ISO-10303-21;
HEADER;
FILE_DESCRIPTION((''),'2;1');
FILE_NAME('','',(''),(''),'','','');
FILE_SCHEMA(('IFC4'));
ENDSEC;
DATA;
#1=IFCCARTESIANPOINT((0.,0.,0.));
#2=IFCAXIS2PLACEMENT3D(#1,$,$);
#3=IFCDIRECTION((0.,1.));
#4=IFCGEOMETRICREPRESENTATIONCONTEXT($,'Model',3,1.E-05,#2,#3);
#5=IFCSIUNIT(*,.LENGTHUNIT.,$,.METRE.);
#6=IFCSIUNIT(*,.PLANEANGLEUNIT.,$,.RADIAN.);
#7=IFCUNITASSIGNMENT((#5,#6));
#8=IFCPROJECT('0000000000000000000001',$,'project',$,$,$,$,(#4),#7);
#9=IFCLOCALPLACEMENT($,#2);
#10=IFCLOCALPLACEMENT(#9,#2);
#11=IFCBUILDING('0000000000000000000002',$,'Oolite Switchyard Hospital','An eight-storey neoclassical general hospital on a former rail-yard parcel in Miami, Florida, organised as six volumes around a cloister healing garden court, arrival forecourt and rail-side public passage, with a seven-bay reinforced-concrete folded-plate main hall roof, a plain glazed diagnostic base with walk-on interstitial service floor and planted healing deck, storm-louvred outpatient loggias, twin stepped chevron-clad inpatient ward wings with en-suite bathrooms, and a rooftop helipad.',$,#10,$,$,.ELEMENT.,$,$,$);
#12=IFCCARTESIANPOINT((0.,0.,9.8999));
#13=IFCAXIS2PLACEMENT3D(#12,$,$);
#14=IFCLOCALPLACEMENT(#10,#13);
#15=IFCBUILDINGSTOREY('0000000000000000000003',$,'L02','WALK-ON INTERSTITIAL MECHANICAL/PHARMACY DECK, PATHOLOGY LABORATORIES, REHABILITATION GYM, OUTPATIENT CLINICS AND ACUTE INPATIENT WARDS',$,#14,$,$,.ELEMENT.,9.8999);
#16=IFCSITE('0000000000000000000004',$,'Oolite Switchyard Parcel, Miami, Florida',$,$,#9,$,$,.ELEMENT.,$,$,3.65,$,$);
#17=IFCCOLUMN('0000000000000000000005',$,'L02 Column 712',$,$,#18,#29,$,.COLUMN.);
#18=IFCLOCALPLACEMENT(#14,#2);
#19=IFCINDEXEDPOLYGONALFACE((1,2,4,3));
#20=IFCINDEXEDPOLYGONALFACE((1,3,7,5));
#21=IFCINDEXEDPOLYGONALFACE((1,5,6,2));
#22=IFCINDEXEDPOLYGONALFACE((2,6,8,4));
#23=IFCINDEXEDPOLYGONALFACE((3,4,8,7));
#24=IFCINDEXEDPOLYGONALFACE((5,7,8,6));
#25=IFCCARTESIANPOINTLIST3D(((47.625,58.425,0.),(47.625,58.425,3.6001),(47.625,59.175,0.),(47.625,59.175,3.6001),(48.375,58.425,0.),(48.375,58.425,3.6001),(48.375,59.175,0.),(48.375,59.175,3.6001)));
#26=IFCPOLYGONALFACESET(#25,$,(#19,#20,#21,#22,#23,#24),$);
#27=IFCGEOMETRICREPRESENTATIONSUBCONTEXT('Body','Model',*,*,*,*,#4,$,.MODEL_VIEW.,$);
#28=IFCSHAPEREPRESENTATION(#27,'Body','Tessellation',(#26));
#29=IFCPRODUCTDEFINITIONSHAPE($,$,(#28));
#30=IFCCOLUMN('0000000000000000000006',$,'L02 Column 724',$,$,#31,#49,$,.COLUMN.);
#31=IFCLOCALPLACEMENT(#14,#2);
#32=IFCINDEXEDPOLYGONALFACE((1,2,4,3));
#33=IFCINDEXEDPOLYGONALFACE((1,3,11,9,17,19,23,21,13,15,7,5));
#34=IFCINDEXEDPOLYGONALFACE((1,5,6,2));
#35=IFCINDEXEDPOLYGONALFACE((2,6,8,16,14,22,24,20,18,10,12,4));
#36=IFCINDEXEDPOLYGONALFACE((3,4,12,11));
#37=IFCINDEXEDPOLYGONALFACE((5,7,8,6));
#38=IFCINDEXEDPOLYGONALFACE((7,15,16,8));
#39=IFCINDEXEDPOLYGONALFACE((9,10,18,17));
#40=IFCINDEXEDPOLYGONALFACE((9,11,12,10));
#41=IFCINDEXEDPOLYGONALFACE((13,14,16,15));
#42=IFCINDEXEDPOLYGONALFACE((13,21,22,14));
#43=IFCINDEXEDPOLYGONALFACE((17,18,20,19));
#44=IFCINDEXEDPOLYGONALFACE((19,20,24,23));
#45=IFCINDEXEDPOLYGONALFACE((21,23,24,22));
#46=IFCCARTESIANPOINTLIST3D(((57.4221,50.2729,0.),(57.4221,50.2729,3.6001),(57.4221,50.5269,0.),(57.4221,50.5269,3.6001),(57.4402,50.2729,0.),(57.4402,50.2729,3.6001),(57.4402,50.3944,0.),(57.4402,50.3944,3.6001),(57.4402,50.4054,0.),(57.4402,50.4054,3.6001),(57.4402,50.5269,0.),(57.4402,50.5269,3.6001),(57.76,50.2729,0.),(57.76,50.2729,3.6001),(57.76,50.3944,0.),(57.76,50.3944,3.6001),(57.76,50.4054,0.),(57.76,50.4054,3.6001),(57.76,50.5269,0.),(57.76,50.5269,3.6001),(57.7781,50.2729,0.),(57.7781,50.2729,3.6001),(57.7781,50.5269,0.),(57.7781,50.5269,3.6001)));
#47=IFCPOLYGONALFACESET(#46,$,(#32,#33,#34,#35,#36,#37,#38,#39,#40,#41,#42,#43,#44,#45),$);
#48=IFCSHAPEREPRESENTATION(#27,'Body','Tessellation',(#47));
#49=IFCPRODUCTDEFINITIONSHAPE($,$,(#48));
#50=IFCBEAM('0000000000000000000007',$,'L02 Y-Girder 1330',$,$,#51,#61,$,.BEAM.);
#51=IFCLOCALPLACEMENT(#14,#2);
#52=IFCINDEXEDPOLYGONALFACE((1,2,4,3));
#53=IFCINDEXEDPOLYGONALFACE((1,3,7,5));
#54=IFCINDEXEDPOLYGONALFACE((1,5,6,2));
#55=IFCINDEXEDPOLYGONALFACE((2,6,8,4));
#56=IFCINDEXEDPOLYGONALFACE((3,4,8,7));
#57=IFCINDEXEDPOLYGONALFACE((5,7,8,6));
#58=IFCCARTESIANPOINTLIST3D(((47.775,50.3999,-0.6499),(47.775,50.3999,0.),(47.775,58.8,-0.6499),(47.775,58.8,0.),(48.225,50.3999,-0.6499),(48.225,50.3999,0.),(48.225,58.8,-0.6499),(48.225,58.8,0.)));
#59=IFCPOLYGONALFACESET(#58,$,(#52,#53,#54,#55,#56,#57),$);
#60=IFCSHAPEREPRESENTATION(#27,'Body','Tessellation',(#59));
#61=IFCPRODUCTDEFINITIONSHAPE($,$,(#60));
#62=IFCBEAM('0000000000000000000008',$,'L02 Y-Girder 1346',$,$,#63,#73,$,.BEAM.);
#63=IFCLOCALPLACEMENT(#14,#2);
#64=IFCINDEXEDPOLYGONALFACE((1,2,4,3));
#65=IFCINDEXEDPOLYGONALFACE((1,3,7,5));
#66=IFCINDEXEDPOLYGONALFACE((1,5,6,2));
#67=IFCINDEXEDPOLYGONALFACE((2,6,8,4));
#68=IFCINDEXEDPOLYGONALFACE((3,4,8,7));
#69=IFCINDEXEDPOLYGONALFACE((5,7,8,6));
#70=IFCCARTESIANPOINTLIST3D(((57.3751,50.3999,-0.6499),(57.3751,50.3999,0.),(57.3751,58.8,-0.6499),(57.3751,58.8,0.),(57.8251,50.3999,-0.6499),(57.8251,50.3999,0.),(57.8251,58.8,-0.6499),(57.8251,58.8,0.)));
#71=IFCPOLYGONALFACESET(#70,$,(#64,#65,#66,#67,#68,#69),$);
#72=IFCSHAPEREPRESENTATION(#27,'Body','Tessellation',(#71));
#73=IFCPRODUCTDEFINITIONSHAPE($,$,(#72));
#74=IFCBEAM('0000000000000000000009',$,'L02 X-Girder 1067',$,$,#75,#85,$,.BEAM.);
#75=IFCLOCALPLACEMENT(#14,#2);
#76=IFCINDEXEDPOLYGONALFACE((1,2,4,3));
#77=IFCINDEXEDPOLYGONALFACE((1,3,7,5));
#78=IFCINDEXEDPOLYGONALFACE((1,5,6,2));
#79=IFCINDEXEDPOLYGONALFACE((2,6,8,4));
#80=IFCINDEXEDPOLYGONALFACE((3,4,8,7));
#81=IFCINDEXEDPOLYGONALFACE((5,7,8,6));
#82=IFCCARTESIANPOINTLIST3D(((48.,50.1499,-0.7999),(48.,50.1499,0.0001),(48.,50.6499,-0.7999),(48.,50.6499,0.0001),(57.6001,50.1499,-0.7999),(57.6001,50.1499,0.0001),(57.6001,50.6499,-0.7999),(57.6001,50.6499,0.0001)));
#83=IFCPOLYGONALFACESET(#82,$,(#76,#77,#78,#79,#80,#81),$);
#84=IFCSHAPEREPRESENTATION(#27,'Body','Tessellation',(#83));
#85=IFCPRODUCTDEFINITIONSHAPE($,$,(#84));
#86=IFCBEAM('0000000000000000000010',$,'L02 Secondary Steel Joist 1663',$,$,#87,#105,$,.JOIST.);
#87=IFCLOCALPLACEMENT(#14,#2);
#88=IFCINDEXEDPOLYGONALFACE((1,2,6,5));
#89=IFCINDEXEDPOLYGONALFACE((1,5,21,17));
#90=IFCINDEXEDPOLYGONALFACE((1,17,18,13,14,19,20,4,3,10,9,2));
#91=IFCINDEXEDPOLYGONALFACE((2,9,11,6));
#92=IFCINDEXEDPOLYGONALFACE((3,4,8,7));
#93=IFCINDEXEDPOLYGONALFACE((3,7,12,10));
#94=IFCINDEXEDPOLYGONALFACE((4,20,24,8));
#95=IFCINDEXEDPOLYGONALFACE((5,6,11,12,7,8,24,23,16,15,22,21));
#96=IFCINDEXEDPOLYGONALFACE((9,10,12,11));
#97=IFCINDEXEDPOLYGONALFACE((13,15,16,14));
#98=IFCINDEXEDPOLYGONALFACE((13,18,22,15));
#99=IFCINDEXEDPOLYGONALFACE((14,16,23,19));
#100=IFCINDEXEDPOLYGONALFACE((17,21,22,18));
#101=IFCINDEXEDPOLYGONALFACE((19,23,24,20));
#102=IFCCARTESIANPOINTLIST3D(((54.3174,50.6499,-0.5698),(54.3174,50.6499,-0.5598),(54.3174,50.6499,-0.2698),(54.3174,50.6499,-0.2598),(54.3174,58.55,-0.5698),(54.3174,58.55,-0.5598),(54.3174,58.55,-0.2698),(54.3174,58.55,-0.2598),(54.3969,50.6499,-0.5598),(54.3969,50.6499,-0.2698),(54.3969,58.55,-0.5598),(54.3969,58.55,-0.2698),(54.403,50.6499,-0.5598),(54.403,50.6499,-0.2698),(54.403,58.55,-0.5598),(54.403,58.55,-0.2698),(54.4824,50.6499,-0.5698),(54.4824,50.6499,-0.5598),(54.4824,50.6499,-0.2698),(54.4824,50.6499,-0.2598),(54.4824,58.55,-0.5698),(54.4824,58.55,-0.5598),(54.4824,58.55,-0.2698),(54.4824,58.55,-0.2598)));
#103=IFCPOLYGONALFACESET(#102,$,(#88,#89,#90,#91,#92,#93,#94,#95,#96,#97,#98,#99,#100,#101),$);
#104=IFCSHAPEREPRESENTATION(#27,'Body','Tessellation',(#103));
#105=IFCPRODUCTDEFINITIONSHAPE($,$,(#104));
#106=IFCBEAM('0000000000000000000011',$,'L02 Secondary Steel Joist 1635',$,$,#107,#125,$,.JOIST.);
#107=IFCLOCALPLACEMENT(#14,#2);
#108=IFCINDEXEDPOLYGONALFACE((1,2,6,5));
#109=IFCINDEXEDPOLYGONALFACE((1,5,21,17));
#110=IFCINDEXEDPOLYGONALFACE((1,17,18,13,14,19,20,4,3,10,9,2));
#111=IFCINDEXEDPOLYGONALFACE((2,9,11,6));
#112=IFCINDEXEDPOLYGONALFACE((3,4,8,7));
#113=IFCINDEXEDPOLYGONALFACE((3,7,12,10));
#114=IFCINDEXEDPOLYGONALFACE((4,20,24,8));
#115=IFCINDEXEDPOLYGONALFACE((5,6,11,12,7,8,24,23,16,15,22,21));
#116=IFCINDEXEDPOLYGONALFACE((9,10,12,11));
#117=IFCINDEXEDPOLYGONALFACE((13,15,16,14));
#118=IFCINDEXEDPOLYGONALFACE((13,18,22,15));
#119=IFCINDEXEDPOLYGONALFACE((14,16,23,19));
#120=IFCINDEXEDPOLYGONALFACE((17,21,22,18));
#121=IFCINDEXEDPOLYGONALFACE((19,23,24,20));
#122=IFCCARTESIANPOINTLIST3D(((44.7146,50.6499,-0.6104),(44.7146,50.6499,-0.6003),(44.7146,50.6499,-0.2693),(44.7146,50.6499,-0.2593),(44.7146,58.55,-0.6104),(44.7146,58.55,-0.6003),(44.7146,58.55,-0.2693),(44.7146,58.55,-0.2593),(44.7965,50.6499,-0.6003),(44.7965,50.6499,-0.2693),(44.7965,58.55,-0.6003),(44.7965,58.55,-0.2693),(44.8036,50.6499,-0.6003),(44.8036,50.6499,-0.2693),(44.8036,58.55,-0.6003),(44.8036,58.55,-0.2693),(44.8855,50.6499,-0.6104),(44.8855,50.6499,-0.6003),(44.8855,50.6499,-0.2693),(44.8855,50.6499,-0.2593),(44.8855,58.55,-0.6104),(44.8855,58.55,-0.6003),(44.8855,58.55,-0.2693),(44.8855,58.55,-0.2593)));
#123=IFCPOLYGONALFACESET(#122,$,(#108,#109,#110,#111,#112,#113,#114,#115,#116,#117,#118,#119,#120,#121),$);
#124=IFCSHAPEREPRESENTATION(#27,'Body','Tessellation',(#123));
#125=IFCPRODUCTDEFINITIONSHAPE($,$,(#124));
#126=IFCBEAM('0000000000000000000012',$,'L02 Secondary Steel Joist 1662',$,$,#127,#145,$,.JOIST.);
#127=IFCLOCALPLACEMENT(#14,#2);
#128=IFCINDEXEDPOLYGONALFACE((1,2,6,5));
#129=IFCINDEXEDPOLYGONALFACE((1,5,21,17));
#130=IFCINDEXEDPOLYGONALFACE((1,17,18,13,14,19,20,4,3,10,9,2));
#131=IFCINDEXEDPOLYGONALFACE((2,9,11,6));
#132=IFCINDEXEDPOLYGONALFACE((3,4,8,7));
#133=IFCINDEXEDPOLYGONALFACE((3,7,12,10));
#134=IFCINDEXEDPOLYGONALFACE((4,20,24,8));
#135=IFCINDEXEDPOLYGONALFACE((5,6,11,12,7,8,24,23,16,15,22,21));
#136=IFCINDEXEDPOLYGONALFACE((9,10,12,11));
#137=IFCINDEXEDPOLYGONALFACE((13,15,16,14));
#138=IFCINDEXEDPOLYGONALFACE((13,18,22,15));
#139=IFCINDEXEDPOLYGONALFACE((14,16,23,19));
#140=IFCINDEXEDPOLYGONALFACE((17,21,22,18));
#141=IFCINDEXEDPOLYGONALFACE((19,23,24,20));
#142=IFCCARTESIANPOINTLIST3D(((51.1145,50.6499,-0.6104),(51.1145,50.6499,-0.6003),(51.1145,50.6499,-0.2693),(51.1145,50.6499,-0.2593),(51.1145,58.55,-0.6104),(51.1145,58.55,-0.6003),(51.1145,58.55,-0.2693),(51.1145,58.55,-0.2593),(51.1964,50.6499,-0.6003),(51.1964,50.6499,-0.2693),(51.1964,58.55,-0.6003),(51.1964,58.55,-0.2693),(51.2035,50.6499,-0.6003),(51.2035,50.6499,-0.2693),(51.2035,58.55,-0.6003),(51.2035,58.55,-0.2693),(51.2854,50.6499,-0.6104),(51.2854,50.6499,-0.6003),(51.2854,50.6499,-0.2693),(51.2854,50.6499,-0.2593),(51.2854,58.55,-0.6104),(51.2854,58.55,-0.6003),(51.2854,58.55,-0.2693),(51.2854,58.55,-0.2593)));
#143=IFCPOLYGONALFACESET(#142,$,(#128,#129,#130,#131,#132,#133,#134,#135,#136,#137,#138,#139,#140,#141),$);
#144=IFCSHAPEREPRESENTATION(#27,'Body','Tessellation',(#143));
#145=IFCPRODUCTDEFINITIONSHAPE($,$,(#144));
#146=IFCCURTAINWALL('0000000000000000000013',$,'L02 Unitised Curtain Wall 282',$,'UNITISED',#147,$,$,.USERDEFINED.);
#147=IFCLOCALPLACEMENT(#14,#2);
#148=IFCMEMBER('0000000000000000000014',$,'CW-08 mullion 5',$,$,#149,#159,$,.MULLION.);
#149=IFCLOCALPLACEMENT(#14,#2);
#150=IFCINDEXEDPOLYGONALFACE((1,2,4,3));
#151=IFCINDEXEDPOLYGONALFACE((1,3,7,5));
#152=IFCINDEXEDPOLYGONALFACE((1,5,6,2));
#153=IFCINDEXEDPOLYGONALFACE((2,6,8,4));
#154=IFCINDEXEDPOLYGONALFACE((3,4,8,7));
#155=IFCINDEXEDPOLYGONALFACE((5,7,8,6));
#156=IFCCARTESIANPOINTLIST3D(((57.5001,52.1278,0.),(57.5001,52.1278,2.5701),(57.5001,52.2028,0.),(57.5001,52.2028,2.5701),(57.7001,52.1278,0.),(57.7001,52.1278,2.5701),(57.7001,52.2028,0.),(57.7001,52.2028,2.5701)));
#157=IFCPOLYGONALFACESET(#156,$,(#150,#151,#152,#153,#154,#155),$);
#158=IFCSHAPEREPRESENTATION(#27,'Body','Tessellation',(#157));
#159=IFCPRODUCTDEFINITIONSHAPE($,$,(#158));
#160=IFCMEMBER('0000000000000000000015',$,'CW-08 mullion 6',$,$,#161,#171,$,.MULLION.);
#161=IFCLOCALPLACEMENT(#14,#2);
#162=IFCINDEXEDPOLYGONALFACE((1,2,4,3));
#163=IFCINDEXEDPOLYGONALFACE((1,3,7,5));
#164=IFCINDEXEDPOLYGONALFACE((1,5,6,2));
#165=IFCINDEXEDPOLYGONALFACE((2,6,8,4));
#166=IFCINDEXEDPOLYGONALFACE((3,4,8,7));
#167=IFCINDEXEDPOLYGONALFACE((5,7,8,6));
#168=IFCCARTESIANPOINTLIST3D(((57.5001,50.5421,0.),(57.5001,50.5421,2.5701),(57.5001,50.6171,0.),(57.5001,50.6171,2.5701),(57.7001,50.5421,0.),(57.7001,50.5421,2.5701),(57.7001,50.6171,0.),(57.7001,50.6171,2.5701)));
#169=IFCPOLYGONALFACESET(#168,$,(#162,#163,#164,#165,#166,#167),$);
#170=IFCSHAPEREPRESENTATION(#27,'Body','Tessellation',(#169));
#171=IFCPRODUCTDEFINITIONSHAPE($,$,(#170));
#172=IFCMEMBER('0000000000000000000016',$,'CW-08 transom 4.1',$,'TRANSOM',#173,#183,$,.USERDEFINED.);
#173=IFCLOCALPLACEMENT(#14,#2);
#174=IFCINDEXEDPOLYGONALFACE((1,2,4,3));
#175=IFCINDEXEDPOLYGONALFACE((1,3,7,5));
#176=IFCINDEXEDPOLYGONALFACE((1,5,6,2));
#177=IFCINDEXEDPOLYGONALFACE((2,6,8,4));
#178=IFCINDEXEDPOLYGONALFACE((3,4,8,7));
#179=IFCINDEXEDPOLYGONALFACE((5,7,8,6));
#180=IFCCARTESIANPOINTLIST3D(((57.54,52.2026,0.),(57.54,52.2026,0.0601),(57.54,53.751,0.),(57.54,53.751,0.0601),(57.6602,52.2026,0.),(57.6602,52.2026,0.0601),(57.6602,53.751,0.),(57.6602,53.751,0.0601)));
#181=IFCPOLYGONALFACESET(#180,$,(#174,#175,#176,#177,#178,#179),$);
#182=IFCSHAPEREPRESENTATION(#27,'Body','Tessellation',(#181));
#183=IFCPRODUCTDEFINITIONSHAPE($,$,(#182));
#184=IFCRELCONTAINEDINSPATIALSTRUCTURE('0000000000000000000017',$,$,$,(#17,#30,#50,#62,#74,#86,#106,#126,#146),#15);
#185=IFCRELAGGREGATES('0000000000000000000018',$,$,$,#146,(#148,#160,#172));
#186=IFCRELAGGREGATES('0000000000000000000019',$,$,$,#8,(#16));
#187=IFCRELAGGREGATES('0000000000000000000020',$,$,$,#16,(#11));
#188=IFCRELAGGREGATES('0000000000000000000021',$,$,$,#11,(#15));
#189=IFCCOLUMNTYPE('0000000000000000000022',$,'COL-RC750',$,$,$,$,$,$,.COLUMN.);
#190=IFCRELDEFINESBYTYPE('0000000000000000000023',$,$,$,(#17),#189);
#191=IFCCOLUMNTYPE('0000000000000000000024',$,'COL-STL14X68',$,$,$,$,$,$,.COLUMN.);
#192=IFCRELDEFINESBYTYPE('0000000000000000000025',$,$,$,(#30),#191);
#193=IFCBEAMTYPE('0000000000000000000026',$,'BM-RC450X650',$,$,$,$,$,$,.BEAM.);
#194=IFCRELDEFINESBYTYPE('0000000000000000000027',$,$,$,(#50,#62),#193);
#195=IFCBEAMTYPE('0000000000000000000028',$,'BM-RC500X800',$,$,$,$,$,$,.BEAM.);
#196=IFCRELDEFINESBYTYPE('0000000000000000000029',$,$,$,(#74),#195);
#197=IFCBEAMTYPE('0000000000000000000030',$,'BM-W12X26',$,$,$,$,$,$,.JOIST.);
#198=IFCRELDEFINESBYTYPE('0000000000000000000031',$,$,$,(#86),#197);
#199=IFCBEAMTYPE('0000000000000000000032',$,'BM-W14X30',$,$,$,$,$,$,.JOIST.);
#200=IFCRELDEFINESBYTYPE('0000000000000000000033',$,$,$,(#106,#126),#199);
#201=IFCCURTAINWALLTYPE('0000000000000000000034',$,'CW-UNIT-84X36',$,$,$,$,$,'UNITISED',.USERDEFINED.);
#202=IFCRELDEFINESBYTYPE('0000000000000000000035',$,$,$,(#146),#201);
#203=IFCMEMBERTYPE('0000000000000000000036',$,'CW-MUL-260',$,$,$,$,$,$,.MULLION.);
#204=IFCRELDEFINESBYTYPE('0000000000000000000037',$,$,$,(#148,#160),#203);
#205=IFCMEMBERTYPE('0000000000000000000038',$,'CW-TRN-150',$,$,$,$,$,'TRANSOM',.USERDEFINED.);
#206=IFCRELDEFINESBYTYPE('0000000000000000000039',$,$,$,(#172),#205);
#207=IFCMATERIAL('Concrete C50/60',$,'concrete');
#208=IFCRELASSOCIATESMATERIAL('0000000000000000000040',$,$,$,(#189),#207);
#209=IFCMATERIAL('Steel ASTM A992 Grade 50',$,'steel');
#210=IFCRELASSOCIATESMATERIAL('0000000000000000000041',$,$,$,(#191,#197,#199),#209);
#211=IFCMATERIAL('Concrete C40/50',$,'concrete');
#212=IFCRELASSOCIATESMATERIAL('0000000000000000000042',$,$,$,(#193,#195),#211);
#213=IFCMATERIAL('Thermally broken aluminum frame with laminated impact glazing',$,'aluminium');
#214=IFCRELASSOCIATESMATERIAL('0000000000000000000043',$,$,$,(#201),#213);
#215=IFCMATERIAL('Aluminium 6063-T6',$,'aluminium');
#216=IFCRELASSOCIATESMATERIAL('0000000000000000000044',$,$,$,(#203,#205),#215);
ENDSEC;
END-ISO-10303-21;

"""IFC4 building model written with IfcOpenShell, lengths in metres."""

from ifc_helpers import new_model, si_unit, direction, frame, origin, origin_2d, place, context, subcontext, project, spatial, rectangle, i_section, extrude, material, material_profile, profile_set, type_object, element, aggregate, save


model = new_model("IFC4")

# Units and contexts
model_context = context("Model", 3, precision=1e-05, world=origin(), true_north=direction((0.0, 1.0)))
body_context = subcontext(model_context, "Body", "Model", "MODEL_VIEW")
ifc_project = project(units=[si_unit("LENGTHUNIT", "METRE"), si_unit("PLANEANGLEUNIT", "RADIAN")], contexts=[model_context])

# Site, building, storey
site_placement = place(None, origin())
site = spatial("IfcSite", under=ifc_project, at=site_placement, Name="Oolite Switchyard Parcel, Miami, Florida", CompositionType="ELEMENT", RefElevation=3.65)
building_placement = place(site_placement, origin())
building = spatial("IfcBuilding", under=site, at=building_placement, Name="Oolite Switchyard Hospital", Description="An eight-storey neoclassical general hospital on a former rail-yard parcel in Miami, Florida, organised as six volumes around a cloister healing garden court, arrival forecourt and rail-side public passage, with a seven-bay reinforced-concrete folded-plate main hall roof, a plain glazed diagnostic base with walk-on interstitial service floor and planted healing deck, storm-louvred outpatient loggias, twin stepped chevron-clad inpatient ward wings with en-suite bathrooms, and a rooftop helipad.", CompositionType="ELEMENT")
storey_placement = place(building_placement, frame((0.0, 0.0, 9.8999)))
storey = spatial("IfcBuildingStorey", under=building, at=storey_placement, Name="L02", Description="WALK-ON INTERSTITIAL MECHANICAL/PHARMACY DECK, PATHOLOGY LABORATORIES, REHABILITATION GYM, OUTPATIENT CLINICS AND ACUTE INPATIENT WARDS", CompositionType="ELEMENT", Elevation=9.8999)

# Columns
ifc_material_1 = material(Name="Concrete C50/60", Category="concrete")
ifc_material_profile_1 = material_profile(ifc_material_1, rectangle(XDim=0.75, YDim=0.75, at=origin_2d()), Name="RC750X750")
ifc_profile_set_1 = profile_set([ifc_material_profile_1], Name="Concrete C50/60")
column_type_1 = type_object("IfcColumnType", Name="COL-RC750", PredefinedType="COLUMN", material=ifc_profile_set_1)
column_1_placement = place(storey_placement, frame((48.0, 58.8, 0.0), z_axis=(0.0, 0.0, 1.0), x_axis=(1.0, 0.0, 0.0)))
element("IfcColumn", 1, at=column_1_placement, inside=storey, type_object=column_type_1, Name="L02 Column 712", PredefinedType="COLUMN", context=body_context, shape_type="SweptSolid", body=[
    extrude(rectangle(XDim=0.75, YDim=0.75, at=origin_2d()), origin(), (0.0, 0.0, 1.0), 3.6001),
])
ifc_material_2 = material(Name="Steel ASTM A992 Grade 50", Category="steel")
ifc_material_profile_2 = material_profile(ifc_material_2, i_section(OverallWidth=0.2539, OverallDepth=0.356, WebThickness=0.011, FlangeThickness=0.0181, at=origin_2d()), Name="W14X68")
ifc_profile_set_2 = profile_set([ifc_material_profile_2], Name="Steel ASTM A992 Grade 50")
column_type_2 = type_object("IfcColumnType", Name="COL-STL14X68", PredefinedType="COLUMN", material=ifc_profile_set_2)
column_2_placement = place(storey_placement, frame((57.6001, 50.3999, 0.0), z_axis=(0.0, 0.0, 1.0), x_axis=(0.0, -1.0, 0.0)))
element("IfcColumn", 2, at=column_2_placement, inside=storey, type_object=column_type_2, Name="L02 Column 724", PredefinedType="COLUMN", context=body_context, shape_type="SweptSolid", body=[
    extrude(i_section(OverallWidth=0.2539, OverallDepth=0.356, WebThickness=0.011, FlangeThickness=0.0181, at=origin_2d()), origin(), (0.0, 0.0, 1.0), 3.6001),
])

# Beams
ifc_material_3 = material(Name="Concrete C40/50", Category="concrete")
ifc_material_profile_3 = material_profile(ifc_material_3, rectangle(XDim=0.45, YDim=0.6499, at=origin_2d()), Name="RCB450X650")
ifc_profile_set_3 = profile_set([ifc_material_profile_3], Name="Concrete C40/50")
beam_type_1 = type_object("IfcBeamType", Name="BM-RC450X650", PredefinedType="BEAM", material=ifc_profile_set_3)
for number, where, z_axis, x_axis, name in (
    (3, (48.0, 50.3999, -0.325), (0.0, 1.0, 0.0), (-1.0, 0.0, 0.0), "L02 Y-Girder 1330"),
    (4, (57.6001, 50.3999, -0.325), (0.0, 1.0, 0.0), (-1.0, 0.0, 0.0), "L02 Y-Girder 1346"),
):
    element("IfcBeam", number, at=place(storey_placement, frame(where, z_axis=z_axis, x_axis=x_axis)), inside=storey, type_object=beam_type_1, Name=name, PredefinedType="BEAM", context=body_context, shape_type="SweptSolid", body=[
        extrude(rectangle(XDim=0.45, YDim=0.6499, at=origin_2d()), origin(), (0.0, 0.0, 1.0), 8.4001),
    ])
ifc_material_profile_4 = material_profile(ifc_material_3, rectangle(XDim=0.5, YDim=0.8, at=origin_2d()), Name="RCB500X800")
ifc_profile_set_4 = profile_set([ifc_material_profile_4], Name="Concrete C40/50")
beam_type_2 = type_object("IfcBeamType", Name="BM-RC500X800", PredefinedType="BEAM", material=ifc_profile_set_4)
beam_1_placement = place(storey_placement, frame((48.0, 50.3999, -0.3999), z_axis=(1.0, 0.0, 0.0), x_axis=(0.0, 1.0, 0.0)))
element("IfcBeam", 5, at=beam_1_placement, inside=storey, type_object=beam_type_2, Name="L02 X-Girder 1067", PredefinedType="BEAM", context=body_context, shape_type="SweptSolid", body=[
    extrude(rectangle(XDim=0.5, YDim=0.8, at=origin_2d()), origin(), (0.0, 0.0, 1.0), 9.6001),
])
ifc_material_profile_5 = material_profile(ifc_material_2, i_section(OverallWidth=0.165, OverallDepth=0.3101, WebThickness=0.0061, FlangeThickness=0.01, at=origin_2d()), Name="W12X26")
ifc_profile_set_5 = profile_set([ifc_material_profile_5], Name="Steel ASTM A992 Grade 50")
beam_type_3 = type_object("IfcBeamType", Name="BM-W12X26", PredefinedType="JOIST", material=ifc_profile_set_5)
beam_2_placement = place(storey_placement, frame((54.3999, 50.6499, -0.4148), z_axis=(0.0, 1.0, 0.0), x_axis=(-1.0, 0.0, 0.0)))
element("IfcBeam", 6, at=beam_2_placement, inside=storey, type_object=beam_type_3, Name="L02 Secondary Steel Joist 1663", PredefinedType="JOIST", context=body_context, shape_type="SweptSolid", body=[
    extrude(i_section(OverallWidth=0.165, OverallDepth=0.3101, WebThickness=0.0061, FlangeThickness=0.01, at=origin_2d()), origin(), (0.0, 0.0, 1.0), 7.9001),
])
ifc_material_profile_6 = material_profile(ifc_material_2, i_section(OverallWidth=0.1709, OverallDepth=0.3511, WebThickness=0.0071, FlangeThickness=0.01, at=origin_2d()), Name="W14X30")
ifc_profile_set_6 = profile_set([ifc_material_profile_6], Name="Steel ASTM A992 Grade 50")
beam_type_4 = type_object("IfcBeamType", Name="BM-W14X30", PredefinedType="JOIST", material=ifc_profile_set_6)
for number, where, z_axis, x_axis, name in (
    (7, (44.8, 50.6499, -0.4348), (0.0, 1.0, 0.0), (-1.0, 0.0, 0.0), "L02 Secondary Steel Joist 1635"),
    (8, (51.2, 50.6499, -0.4348), (0.0, 1.0, 0.0), (-1.0, 0.0, 0.0), "L02 Secondary Steel Joist 1662"),
):
    element("IfcBeam", number, at=place(storey_placement, frame(where, z_axis=z_axis, x_axis=x_axis)), inside=storey, type_object=beam_type_4, Name=name, PredefinedType="JOIST", context=body_context, shape_type="SweptSolid", body=[
        extrude(i_section(OverallWidth=0.1709, OverallDepth=0.3511, WebThickness=0.0071, FlangeThickness=0.01, at=origin_2d()), origin(), (0.0, 0.0, 1.0), 7.9001),
    ])

# Curtain wall, members
ifc_material_4 = material(Name="Thermally broken aluminum frame with laminated impact glazing", Category="aluminium")
curtain_wall_type = type_object("IfcCurtainWallType", Name="CW-UNIT-84X36", ElementType="UNITISED", PredefinedType="USERDEFINED", material=ifc_material_4)
curtain_wall_placement = place(storey_placement, origin())
curtain_wall = element("IfcCurtainWall", 9, at=curtain_wall_placement, inside=storey, type_object=curtain_wall_type, Name="L02 Unitised Curtain Wall 282", ObjectType="UNITISED", PredefinedType="USERDEFINED")
ifc_material_5 = material(Name="Aluminium 6063-T6", Category="aluminium")
ifc_material_profile_7 = material_profile(ifc_material_5, rectangle(XDim=0.2, YDim=0.075, at=origin_2d()), Name="CWM75X200")
ifc_profile_set_7 = profile_set([ifc_material_profile_7], Name="Aluminium 6063-T6")
member_type_1 = type_object("IfcMemberType", Name="CW-MUL-260", PredefinedType="MULLION", material=ifc_profile_set_7)
member_1_placement = place(storey_placement, frame((57.6001, 52.1653, 0.0), z_axis=(0.0, 0.0, 1.0), x_axis=(1.0, 0.0, 0.0)))
member_1 = element("IfcMember", 10, at=member_1_placement, type_object=member_type_1, Name="CW-08 mullion 5", PredefinedType="MULLION", context=body_context, shape_type="SweptSolid", body=[
    extrude(rectangle(XDim=0.2, YDim=0.075, at=origin_2d()), origin(), (0.0, 0.0, 1.0), 2.5701),
])
member_2_placement = place(storey_placement, frame((57.6001, 50.5796, 0.0), z_axis=(0.0, 0.0, 1.0), x_axis=(1.0, 0.0, 0.0)))
member_2 = element("IfcMember", 11, at=member_2_placement, type_object=member_type_1, Name="CW-08 mullion 6", PredefinedType="MULLION", context=body_context, shape_type="SweptSolid", body=[
    extrude(rectangle(XDim=0.2, YDim=0.075, at=origin_2d()), origin(), (0.0, 0.0, 1.0), 2.5701),
])
ifc_material_profile_8 = material_profile(ifc_material_5, rectangle(XDim=0.1201, YDim=0.0601, at=origin_2d()), Name="CWT60X120")
ifc_profile_set_8 = profile_set([ifc_material_profile_8], Name="Aluminium 6063-T6")
member_type_2 = type_object("IfcMemberType", Name="CW-TRN-150", ElementType="TRANSOM", PredefinedType="USERDEFINED", material=ifc_profile_set_8)
member_3_placement = place(storey_placement, frame((57.6001, 53.751, 0.03), z_axis=(0.0, -1.0, 0.0), x_axis=(1.0, 0.0, 0.0)))
member_3 = element("IfcMember", 12, at=member_3_placement, type_object=member_type_2, Name="CW-08 transom 4.1", ObjectType="TRANSOM", PredefinedType="USERDEFINED", context=body_context, shape_type="SweptSolid", body=[
    extrude(rectangle(XDim=0.1201, YDim=0.0601, at=origin_2d()), origin(), (0.0, 0.0, 1.0), 1.5483),
])
aggregate(curtain_wall, [member_1, member_2, member_3])

save(model, "model.ifc")
